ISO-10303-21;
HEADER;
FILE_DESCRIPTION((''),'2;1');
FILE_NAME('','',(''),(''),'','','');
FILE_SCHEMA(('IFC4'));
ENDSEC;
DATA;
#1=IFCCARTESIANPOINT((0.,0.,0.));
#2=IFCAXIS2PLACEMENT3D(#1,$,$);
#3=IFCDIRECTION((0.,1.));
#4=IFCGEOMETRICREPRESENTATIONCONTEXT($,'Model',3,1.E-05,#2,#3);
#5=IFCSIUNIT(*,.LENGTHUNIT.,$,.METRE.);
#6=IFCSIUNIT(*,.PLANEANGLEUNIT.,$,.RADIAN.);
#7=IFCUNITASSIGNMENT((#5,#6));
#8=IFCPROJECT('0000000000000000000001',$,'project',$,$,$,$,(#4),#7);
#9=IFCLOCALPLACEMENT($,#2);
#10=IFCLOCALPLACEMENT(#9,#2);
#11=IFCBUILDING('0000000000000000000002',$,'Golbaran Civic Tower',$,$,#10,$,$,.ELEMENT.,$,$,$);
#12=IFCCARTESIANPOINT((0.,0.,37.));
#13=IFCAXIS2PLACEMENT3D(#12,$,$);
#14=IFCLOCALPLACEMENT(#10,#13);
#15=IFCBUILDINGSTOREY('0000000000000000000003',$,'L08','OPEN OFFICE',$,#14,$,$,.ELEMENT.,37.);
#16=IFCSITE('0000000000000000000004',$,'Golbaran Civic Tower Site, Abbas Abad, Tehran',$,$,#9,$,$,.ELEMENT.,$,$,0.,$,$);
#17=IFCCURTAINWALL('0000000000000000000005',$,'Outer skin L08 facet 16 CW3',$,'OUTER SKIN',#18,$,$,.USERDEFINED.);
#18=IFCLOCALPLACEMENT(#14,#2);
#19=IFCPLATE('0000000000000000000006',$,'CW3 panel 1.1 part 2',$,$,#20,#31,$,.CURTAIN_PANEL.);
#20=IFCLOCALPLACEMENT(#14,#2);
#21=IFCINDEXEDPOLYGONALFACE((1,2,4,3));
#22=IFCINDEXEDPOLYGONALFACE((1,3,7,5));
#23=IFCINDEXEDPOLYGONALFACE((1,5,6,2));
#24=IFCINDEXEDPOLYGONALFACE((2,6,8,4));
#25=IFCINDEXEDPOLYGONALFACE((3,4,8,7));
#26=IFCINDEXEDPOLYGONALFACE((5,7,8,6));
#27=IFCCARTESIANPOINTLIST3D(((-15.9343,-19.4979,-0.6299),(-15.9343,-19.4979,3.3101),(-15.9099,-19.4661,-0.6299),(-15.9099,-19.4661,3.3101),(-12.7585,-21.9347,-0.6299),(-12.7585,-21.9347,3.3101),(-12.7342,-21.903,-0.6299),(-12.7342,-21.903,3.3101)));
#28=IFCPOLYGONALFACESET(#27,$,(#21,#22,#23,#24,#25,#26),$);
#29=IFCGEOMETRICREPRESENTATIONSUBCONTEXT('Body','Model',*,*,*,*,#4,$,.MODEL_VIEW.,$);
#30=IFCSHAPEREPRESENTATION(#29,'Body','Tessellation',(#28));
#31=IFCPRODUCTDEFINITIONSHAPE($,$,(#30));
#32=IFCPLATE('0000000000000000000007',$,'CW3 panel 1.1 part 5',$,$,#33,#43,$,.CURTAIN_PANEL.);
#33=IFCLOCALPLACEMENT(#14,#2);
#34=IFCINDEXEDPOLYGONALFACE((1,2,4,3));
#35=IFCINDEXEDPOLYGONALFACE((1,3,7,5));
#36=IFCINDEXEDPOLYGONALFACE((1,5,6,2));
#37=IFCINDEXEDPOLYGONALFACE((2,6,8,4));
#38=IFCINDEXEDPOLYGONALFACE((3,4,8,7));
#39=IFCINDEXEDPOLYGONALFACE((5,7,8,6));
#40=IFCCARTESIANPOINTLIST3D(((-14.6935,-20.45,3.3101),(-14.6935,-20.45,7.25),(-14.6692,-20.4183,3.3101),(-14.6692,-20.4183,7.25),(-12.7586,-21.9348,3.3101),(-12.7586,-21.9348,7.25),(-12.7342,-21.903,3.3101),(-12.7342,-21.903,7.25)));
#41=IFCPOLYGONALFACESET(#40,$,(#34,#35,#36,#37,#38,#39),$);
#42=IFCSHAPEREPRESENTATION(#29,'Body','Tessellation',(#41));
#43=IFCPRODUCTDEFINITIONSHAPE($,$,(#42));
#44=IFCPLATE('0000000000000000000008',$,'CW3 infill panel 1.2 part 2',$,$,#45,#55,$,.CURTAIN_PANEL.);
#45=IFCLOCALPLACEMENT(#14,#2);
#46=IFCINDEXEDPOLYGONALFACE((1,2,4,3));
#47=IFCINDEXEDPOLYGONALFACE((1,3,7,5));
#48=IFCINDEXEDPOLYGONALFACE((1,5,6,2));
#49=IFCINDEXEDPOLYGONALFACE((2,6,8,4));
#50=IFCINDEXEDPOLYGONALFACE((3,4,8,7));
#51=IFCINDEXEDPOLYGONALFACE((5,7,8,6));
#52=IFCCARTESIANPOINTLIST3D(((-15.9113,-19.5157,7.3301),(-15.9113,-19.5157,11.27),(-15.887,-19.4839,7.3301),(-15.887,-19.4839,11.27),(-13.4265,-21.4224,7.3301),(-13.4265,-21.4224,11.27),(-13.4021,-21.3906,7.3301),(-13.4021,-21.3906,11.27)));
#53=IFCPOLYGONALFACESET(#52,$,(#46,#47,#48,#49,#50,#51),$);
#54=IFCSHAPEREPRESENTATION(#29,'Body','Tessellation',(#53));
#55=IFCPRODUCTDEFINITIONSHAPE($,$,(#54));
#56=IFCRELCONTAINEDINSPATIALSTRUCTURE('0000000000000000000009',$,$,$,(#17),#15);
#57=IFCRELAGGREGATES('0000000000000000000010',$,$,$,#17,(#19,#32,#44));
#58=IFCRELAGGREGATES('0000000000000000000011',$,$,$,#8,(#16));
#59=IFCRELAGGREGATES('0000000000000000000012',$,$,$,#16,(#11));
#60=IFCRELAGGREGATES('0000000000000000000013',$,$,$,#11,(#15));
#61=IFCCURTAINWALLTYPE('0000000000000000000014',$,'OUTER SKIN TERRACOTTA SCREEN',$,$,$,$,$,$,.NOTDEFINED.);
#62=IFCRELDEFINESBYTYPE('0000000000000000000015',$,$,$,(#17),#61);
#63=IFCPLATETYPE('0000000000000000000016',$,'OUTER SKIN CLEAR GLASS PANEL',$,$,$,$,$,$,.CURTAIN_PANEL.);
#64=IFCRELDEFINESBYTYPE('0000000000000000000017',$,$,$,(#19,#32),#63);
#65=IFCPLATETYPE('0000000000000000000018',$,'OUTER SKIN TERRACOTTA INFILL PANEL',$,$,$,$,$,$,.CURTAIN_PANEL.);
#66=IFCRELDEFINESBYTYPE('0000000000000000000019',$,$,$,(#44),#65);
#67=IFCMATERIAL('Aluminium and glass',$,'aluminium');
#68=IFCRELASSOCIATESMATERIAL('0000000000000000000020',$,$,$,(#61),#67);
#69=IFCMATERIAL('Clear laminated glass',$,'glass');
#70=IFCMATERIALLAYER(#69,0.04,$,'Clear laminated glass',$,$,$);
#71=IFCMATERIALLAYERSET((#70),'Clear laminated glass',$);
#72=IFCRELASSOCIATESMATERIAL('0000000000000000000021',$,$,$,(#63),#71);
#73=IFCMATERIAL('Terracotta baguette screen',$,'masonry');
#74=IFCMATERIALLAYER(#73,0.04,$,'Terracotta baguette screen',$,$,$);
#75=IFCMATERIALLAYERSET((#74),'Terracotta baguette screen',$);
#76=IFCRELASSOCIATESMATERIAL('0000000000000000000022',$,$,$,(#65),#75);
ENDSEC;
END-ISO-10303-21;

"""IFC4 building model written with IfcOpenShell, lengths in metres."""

from ifc_helpers import new_model, si_unit, direction, frame, origin, origin_2d, place, context, subcontext, project, spatial, rectangle, extrude, material, layer, layer_set, type_object, element, aggregate, save


model = new_model("IFC4")

# Units and contexts
model_context = context("Model", 3, precision=1e-05, world=origin(), true_north=direction((0.0, 1.0)))
body_context = subcontext(model_context, "Body", "Model", "MODEL_VIEW")
ifc_project = project(units=[si_unit("LENGTHUNIT", "METRE"), si_unit("PLANEANGLEUNIT", "RADIAN")], contexts=[model_context])

# Site, building, storey
site_placement = place(None, origin())
site = spatial("IfcSite", under=ifc_project, at=site_placement, Name="Golbaran Civic Tower Site, Abbas Abad, Tehran", CompositionType="ELEMENT", RefElevation=0.0)
building_placement = place(site_placement, origin())
building = spatial("IfcBuilding", under=site, at=building_placement, Name="Golbaran Civic Tower", CompositionType="ELEMENT")
storey_placement = place(building_placement, frame((0.0, 0.0, 37.0)))
storey = spatial("IfcBuildingStorey", under=building, at=storey_placement, Name="L08", Description="OPEN OFFICE", CompositionType="ELEMENT", Elevation=37.0)

# Shared definitions
ifc_material_1 = material(Name="Aluminium and glass", Category="aluminium")

# Curtain wall, plates
curtain_wall_type_1 = type_object("IfcCurtainWallType", Name="OUTER SKIN TERRACOTTA SCREEN", PredefinedType="NOTDEFINED", material=ifc_material_1)
curtain_wall_1_placement = place(storey_placement, origin())
curtain_wall_1 = element("IfcCurtainWall", 1, at=curtain_wall_1_placement, inside=storey, type_object=curtain_wall_type_1, Name="Outer skin L08 facet 16 CW3", ObjectType="OUTER SKIN", PredefinedType="USERDEFINED")
ifc_material_2 = material(Name="Clear laminated glass", Category="glass")
ifc_layer_1 = layer(ifc_material_2, 0.04, Name="Clear laminated glass")
ifc_layer_set_1 = layer_set([ifc_layer_1], Name="Clear laminated glass")
plate_type_1 = type_object("IfcPlateType", Name="OUTER SKIN CLEAR GLASS PANEL", PredefinedType="CURTAIN_PANEL", material=ifc_layer_set_1)
plate_1_placement = place(storey_placement, frame((-14.3342, -20.7004, -0.6299), z_axis=(0.0, 0.0, 1.0), x_axis=(0.793353, -0.608761, 0.0)))
plate_1 = element("IfcPlate", 2, at=plate_1_placement, type_object=plate_type_1, Name="CW3 panel 1.1 part 2", PredefinedType="CURTAIN_PANEL", context=body_context, shape_type="SweptSolid", body=[
    extrude(rectangle(XDim=4.0029, YDim=0.04, at=origin_2d()), origin(), (0.0, 0.0, 1.0), 3.9399),
])
plate_2_placement = place(storey_placement, frame((-13.7139, -21.1765, 3.3101), z_axis=(0.0, 0.0, 1.0), x_axis=(0.793353, -0.608761, 0.0)))
plate_2 = element("IfcPlate", 3, at=plate_2_placement, type_object=plate_type_1, Name="CW3 panel 1.1 part 5", PredefinedType="CURTAIN_PANEL", context=body_context, shape_type="SweptSolid", body=[
    extrude(rectangle(XDim=2.439, YDim=0.04, at=origin_2d()), origin(), (0.0, 0.0, 1.0), 3.9399),
])
ifc_material_3 = material(Name="Terracotta baguette screen", Category="masonry")
ifc_layer_2 = layer(ifc_material_3, 0.04, Name="Terracotta baguette screen")
ifc_layer_set_2 = layer_set([ifc_layer_2], Name="Terracotta baguette screen")
plate_type_2 = type_object("IfcPlateType", Name="OUTER SKIN TERRACOTTA INFILL PANEL", PredefinedType="CURTAIN_PANEL", material=ifc_layer_set_2)
plate_3_placement = place(storey_placement, frame((-14.6567, -20.4531, 7.3301), z_axis=(0.0, 0.0, 1.0), x_axis=(0.793353, -0.608761, 0.0)))
plate_3 = element("IfcPlate", 4, at=plate_3_placement, type_object=plate_type_2, Name="CW3 infill panel 1.2 part 2", PredefinedType="CURTAIN_PANEL", context=body_context, shape_type="SweptSolid", body=[
    extrude(rectangle(XDim=3.1321, YDim=0.04, at=origin_2d()), origin(), (0.0, 0.0, 1.0), 3.9399),
])
aggregate(curtain_wall_1, [plate_1, plate_2, plate_3])

save(model, "model.ifc")
